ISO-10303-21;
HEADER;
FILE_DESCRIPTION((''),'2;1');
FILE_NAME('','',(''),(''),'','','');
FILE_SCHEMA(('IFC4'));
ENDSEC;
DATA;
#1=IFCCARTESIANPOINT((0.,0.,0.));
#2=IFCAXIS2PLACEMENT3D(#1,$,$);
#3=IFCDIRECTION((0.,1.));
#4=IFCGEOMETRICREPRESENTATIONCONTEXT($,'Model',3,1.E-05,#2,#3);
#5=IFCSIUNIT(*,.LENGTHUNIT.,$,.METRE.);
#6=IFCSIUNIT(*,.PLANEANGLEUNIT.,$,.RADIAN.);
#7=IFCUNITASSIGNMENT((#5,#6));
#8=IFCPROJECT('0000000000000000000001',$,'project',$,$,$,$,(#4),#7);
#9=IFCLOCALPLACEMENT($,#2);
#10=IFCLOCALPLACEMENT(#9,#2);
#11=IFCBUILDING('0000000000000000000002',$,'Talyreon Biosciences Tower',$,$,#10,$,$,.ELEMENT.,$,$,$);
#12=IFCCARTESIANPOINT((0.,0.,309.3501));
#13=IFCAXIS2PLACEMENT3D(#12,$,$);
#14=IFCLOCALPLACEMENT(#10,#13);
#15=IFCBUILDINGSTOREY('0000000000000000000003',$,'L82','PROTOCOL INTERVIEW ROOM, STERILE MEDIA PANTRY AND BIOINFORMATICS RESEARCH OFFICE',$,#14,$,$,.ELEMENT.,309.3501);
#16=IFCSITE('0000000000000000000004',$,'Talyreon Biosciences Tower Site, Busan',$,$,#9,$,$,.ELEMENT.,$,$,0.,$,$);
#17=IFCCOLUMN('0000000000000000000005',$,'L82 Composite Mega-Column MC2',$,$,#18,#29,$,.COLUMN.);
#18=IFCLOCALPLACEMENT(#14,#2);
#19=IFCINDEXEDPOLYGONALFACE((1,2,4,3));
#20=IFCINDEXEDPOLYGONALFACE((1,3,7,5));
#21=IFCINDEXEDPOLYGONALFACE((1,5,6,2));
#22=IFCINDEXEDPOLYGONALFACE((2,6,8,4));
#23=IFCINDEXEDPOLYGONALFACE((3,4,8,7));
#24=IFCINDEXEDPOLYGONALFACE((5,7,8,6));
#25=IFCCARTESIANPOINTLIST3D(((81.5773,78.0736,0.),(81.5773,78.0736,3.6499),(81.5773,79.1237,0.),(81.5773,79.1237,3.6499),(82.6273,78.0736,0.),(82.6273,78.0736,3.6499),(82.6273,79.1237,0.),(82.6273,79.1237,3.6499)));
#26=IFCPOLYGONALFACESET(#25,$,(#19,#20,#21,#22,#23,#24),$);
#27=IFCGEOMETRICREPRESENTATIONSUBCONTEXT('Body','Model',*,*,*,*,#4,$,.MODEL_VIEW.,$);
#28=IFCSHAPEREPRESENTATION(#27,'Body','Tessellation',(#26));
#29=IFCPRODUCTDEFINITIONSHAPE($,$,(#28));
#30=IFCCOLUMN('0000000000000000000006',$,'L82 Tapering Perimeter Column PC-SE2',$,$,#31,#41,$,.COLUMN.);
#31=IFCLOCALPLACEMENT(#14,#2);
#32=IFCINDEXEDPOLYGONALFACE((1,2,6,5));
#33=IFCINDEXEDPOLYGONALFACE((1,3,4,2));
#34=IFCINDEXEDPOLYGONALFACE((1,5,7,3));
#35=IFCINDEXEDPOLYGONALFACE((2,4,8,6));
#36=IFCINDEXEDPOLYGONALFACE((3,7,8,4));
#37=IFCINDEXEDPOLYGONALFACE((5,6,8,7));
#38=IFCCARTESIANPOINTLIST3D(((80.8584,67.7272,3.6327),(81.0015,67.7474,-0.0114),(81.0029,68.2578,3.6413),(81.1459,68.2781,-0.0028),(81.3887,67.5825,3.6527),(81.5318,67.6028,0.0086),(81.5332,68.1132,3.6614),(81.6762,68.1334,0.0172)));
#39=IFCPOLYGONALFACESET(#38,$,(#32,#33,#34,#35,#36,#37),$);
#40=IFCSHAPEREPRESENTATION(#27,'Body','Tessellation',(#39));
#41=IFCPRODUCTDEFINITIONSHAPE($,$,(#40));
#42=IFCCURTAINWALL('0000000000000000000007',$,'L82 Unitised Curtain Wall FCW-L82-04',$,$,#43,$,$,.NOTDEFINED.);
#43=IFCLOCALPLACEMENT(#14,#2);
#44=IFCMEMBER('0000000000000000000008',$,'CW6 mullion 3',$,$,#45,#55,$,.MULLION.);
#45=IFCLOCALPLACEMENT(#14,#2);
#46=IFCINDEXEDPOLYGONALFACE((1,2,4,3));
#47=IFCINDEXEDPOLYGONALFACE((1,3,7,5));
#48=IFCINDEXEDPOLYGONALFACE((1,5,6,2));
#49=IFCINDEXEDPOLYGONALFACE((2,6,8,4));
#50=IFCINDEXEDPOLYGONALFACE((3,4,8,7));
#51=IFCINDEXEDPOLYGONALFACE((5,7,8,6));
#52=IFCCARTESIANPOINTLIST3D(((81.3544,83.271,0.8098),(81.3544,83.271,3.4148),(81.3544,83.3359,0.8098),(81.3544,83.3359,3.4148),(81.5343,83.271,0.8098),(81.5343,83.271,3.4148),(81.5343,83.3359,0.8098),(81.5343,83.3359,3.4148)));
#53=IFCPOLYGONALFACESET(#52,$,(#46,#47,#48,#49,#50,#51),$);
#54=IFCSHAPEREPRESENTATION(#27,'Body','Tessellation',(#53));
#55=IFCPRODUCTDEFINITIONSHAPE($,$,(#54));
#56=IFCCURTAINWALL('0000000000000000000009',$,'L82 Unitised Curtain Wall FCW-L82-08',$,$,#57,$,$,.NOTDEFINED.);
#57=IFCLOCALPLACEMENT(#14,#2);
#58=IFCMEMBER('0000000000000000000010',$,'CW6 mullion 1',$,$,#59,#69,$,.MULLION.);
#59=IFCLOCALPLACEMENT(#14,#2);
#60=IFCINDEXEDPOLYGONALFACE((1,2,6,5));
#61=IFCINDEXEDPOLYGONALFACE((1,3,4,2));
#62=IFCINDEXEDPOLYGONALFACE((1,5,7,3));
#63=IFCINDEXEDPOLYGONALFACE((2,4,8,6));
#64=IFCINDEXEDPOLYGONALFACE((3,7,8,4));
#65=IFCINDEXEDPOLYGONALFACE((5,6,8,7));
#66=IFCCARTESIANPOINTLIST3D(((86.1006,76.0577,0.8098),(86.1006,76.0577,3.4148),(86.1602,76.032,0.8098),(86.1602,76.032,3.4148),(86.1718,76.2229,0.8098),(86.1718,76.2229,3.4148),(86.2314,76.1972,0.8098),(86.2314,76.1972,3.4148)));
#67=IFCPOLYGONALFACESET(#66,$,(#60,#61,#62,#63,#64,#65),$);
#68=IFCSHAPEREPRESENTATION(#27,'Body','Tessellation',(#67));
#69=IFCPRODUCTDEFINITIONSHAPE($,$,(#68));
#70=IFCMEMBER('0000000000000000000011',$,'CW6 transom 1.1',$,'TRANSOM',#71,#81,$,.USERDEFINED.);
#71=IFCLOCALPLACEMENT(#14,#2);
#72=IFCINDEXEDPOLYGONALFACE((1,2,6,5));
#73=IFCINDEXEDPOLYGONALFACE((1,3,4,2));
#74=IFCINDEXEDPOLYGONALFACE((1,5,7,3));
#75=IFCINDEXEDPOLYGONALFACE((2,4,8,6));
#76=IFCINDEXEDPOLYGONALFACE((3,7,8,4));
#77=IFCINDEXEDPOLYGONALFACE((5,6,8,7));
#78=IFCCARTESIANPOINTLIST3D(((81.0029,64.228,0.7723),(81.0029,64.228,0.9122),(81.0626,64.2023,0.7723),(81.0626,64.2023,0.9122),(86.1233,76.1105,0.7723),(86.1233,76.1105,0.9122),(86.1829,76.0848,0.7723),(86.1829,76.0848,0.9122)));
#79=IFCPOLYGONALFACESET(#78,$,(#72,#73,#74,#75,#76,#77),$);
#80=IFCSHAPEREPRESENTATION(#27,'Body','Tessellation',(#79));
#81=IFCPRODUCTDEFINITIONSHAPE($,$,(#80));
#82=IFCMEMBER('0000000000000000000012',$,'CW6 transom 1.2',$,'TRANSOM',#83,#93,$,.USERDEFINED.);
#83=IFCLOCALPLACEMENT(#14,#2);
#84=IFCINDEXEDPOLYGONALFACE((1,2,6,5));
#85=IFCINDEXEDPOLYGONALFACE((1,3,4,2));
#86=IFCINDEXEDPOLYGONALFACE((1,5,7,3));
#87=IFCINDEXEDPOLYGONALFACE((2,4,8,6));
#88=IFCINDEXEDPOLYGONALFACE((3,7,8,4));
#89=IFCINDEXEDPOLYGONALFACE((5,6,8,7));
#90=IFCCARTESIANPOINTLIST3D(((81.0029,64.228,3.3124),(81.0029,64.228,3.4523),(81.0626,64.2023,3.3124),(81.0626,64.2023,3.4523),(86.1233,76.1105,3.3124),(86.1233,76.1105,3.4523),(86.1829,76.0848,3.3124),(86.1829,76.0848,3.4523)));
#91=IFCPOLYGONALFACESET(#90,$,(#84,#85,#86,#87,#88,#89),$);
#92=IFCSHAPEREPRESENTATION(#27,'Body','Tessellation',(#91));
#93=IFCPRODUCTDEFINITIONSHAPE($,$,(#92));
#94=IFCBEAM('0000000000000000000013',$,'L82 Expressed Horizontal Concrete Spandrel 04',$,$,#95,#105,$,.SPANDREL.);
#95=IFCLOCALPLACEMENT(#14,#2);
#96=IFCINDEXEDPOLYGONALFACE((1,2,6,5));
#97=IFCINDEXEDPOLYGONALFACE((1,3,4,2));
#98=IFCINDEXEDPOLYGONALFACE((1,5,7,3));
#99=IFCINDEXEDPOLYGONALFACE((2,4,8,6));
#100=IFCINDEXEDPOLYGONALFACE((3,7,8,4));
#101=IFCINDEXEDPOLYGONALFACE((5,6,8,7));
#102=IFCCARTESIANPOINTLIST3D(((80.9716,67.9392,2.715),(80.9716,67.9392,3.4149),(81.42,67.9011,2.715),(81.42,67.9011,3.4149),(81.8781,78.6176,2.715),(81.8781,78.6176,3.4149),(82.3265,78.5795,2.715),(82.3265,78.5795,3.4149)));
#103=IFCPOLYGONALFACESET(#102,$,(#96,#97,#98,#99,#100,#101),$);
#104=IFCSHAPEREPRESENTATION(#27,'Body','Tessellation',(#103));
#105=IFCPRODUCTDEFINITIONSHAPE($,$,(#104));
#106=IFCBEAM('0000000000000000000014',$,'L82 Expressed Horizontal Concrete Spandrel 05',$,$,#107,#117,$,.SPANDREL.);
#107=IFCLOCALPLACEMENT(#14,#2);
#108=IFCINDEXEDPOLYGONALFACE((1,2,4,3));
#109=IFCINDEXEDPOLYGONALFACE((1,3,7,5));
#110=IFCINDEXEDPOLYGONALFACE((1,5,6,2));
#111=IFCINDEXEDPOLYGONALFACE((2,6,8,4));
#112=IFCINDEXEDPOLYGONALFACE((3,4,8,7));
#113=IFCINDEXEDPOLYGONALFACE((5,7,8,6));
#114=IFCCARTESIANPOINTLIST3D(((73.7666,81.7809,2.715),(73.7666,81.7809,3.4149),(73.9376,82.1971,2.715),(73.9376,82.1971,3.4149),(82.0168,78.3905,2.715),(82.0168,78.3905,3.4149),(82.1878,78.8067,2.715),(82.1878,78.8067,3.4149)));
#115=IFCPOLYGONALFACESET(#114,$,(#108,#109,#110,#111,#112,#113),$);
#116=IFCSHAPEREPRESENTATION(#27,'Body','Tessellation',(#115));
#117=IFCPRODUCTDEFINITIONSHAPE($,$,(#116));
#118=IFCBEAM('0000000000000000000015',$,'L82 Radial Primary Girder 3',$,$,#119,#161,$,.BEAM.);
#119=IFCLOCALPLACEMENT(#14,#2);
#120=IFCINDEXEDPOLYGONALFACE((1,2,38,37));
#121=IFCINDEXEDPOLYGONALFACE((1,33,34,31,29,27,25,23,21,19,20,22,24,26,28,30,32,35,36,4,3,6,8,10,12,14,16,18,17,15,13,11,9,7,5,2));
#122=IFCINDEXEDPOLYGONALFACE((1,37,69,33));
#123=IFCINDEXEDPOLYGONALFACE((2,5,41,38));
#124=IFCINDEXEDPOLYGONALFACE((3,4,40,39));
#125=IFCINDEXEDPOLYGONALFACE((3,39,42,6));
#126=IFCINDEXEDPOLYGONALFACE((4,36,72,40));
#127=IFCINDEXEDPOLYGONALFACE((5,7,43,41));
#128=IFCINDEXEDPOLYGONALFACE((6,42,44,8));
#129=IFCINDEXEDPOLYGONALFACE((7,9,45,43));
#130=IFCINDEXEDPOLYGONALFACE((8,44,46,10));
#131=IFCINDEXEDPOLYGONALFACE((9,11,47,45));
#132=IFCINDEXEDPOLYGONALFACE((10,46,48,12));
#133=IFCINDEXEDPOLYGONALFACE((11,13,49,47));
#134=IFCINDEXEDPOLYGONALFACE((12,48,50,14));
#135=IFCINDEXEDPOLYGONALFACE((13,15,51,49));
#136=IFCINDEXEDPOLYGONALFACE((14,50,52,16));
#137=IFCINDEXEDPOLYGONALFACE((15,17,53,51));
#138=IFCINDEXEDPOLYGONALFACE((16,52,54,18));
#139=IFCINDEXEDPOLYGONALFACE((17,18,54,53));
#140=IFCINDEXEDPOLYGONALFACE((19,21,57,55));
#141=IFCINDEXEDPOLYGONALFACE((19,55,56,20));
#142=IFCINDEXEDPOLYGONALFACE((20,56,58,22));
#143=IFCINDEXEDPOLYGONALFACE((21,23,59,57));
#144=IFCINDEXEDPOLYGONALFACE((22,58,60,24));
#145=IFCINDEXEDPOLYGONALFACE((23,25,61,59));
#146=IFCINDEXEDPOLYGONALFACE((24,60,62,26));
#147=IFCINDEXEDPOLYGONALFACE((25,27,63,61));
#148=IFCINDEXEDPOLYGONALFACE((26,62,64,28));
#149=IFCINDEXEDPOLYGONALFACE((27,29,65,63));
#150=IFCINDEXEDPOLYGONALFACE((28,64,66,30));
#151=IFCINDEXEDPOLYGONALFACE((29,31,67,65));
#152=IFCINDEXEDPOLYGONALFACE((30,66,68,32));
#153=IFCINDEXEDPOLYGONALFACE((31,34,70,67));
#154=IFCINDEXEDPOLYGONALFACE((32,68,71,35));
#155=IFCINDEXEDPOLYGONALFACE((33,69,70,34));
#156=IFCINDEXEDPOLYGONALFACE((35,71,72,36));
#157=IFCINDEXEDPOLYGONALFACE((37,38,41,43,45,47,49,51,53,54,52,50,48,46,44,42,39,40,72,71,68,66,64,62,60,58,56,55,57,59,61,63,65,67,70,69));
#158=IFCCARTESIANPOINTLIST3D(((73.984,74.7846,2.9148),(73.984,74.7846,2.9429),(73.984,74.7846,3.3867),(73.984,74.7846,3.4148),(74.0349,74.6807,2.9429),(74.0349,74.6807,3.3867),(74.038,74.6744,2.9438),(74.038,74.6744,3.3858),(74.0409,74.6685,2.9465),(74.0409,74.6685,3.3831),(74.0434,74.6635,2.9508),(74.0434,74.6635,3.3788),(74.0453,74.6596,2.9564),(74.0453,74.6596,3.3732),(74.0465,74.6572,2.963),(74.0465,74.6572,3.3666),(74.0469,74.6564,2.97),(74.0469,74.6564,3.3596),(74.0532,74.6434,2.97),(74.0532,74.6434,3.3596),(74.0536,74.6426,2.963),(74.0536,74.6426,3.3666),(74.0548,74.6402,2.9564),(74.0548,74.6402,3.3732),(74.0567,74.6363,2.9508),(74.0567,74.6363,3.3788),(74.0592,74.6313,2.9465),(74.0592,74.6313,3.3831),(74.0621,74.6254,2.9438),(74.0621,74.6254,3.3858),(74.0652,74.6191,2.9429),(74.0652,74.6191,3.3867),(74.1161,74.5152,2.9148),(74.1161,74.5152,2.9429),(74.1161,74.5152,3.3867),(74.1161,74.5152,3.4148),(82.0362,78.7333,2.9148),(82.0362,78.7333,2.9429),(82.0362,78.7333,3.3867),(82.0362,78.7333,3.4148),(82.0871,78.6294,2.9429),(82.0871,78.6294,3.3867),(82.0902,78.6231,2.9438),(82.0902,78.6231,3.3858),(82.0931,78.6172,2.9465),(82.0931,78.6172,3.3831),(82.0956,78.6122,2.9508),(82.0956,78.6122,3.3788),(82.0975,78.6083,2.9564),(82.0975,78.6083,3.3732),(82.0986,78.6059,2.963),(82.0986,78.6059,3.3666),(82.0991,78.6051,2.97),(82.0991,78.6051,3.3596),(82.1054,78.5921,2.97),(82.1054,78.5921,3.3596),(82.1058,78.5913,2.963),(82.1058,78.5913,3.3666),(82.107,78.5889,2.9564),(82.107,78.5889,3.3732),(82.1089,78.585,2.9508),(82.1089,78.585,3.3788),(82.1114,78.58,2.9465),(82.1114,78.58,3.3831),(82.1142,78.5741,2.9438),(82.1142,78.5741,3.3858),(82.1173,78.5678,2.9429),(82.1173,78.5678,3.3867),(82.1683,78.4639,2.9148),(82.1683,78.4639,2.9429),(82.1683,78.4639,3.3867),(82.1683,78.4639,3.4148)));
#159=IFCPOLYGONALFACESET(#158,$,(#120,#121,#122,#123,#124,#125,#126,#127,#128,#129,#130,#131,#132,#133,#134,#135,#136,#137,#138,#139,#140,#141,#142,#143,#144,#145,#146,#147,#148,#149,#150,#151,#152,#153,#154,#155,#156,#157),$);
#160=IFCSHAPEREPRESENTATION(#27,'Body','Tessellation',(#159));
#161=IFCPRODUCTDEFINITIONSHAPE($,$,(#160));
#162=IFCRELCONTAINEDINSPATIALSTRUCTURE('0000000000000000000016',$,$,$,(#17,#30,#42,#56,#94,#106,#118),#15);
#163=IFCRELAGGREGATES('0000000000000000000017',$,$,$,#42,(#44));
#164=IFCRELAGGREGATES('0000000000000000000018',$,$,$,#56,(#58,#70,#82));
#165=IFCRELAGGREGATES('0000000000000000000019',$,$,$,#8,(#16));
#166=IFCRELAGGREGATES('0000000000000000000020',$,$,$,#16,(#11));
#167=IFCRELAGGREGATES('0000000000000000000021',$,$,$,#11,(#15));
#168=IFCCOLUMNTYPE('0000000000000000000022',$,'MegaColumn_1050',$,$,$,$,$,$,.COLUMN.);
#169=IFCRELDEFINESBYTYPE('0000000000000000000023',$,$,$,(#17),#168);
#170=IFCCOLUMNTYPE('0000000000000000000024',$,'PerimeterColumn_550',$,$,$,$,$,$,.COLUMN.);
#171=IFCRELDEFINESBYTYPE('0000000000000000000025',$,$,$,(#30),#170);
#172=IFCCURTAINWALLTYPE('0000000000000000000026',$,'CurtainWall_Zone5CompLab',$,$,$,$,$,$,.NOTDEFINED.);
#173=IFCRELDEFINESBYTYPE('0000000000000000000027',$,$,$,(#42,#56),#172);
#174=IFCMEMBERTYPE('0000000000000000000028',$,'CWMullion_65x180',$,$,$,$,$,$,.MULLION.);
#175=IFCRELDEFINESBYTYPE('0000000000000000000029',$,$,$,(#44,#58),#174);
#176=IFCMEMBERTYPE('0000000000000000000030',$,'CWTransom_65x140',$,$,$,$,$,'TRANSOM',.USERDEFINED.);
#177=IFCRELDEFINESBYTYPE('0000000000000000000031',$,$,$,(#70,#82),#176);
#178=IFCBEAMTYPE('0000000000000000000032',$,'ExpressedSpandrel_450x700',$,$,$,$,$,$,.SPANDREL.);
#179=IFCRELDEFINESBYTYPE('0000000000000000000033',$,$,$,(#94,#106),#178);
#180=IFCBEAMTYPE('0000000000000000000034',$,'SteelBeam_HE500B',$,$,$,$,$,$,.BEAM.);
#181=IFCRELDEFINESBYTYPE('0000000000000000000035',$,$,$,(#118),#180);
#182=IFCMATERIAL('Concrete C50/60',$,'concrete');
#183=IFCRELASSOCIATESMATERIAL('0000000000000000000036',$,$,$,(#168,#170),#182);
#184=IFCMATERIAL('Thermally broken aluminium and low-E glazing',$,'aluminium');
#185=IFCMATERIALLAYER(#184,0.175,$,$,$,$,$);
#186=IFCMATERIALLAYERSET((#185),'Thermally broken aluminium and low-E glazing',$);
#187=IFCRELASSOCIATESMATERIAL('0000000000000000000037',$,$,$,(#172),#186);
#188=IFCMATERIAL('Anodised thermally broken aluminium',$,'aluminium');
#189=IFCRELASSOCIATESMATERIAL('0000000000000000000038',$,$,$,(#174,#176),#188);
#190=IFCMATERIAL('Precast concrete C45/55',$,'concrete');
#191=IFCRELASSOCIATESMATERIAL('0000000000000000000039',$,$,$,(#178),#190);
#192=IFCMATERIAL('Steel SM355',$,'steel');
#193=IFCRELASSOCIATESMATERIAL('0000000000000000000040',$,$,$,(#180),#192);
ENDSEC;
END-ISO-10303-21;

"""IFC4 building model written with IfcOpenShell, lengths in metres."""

from ifc_helpers import new_model, si_unit, direction, frame, origin, origin_2d, place, context, subcontext, project, spatial, rectangle, i_section, extrude, material, layer, layer_set, material_profile, profile_set, type_object, element, aggregate, save


model = new_model("IFC4")

# Units and contexts
model_context = context("Model", 3, precision=1e-05, world=origin(), true_north=direction((0.0, 1.0)))
body_context = subcontext(model_context, "Body", "Model", "MODEL_VIEW")
ifc_project = project(units=[si_unit("LENGTHUNIT", "METRE"), si_unit("PLANEANGLEUNIT", "RADIAN")], contexts=[model_context])

# Site, building, storey
site_placement = place(None, origin())
site = spatial("IfcSite", under=ifc_project, at=site_placement, Name="Talyreon Biosciences Tower Site, Busan", CompositionType="ELEMENT", RefElevation=0.0)
building_placement = place(site_placement, origin())
building = spatial("IfcBuilding", under=site, at=building_placement, Name="Talyreon Biosciences Tower", CompositionType="ELEMENT")
storey_placement = place(building_placement, frame((0.0, 0.0, 309.3501)))
storey = spatial("IfcBuildingStorey", under=building, at=storey_placement, Name="L82", Description="PROTOCOL INTERVIEW ROOM, STERILE MEDIA PANTRY AND BIOINFORMATICS RESEARCH OFFICE", CompositionType="ELEMENT", Elevation=309.3501)

# Columns
ifc_material_1 = material(Name="Concrete C50/60", Category="concrete")
ifc_material_profile_1 = material_profile(ifc_material_1, rectangle(XDim=1.05, YDim=1.05, at=origin_2d()), Name="RC 1050x1050")
ifc_profile_set_1 = profile_set([ifc_material_profile_1], Name="Concrete C50/60")
column_type_1 = type_object("IfcColumnType", Name="MegaColumn_1050", PredefinedType="COLUMN", material=ifc_profile_set_1)
column_1_placement = place(storey_placement, frame((82.1023, 78.5986, 0.0), z_axis=(0.0, 0.0, 1.0), x_axis=(1.0, 0.0, 0.0)))
element("IfcColumn", 1, at=column_1_placement, inside=storey, type_object=column_type_1, Name="L82 Composite Mega-Column MC2", PredefinedType="COLUMN", context=body_context, shape_type="SweptSolid", body=[
    extrude(rectangle(XDim=1.05, YDim=1.05, at=origin_2d()), origin(), (0.0, 0.0, 1.0), 3.6499),
])
ifc_material_profile_2 = material_profile(ifc_material_1, rectangle(XDim=0.55, YDim=0.55, at=origin_2d()), Name="RC 550x550")
ifc_profile_set_2 = profile_set([ifc_material_profile_2], Name="Concrete C50/60")
column_type_2 = type_object("IfcColumnType", Name="PerimeterColumn_550", PredefinedType="COLUMN", material=ifc_profile_set_2)
column_2_placement = place(storey_placement, frame((81.3389, 67.9404, 0.0029), z_axis=(-0.03923, -0.005556, 0.999215), x_axis=(0.964113, -0.262987, 0.036389)))
element("IfcColumn", 2, at=column_2_placement, inside=storey, type_object=column_type_2, Name="L82 Tapering Perimeter Column PC-SE2", PredefinedType="COLUMN", context=body_context, shape_type="SweptSolid", body=[
    extrude(rectangle(XDim=0.55, YDim=0.55, at=origin_2d()), origin(), (0.0, 0.0, 1.0), 3.647),
])

# Curtain wall, member
ifc_material_2 = material(Name="Thermally broken aluminium and low-E glazing", Category="aluminium")
ifc_layer_1 = layer(ifc_material_2, 0.175)
ifc_layer_set_1 = layer_set([ifc_layer_1], Name="Thermally broken aluminium and low-E glazing")
curtain_wall_type = type_object("IfcCurtainWallType", Name="CurtainWall_Zone5CompLab", PredefinedType="NOTDEFINED", material=ifc_layer_set_1)
curtain_wall_1_placement = place(storey_placement, origin())
curtain_wall_1 = element("IfcCurtainWall", 3, at=curtain_wall_1_placement, inside=storey, type_object=curtain_wall_type, Name="L82 Unitised Curtain Wall FCW-L82-04", PredefinedType="NOTDEFINED")
ifc_material_3 = material(Name="Anodised thermally broken aluminium", Category="aluminium")
ifc_material_profile_3 = material_profile(ifc_material_3, rectangle(XDim=0.0649, YDim=0.1799, at=origin_2d()), Name="ALUM MULLION 65x180")
ifc_profile_set_3 = profile_set([ifc_material_profile_3], Name="Anodised thermally broken aluminium")
member_type_1 = type_object("IfcMemberType", Name="CWMullion_65x180", PredefinedType="MULLION", material=ifc_profile_set_3)
member_1_placement = place(storey_placement, frame((81.4443, 83.3035, 0.8098), z_axis=(0.0, 0.0, 1.0), x_axis=(0.0, 1.0, 0.0)))
member_1 = element("IfcMember", 4, at=member_1_placement, type_object=member_type_1, Name="CW6 mullion 3", PredefinedType="MULLION", context=body_context, shape_type="SweptSolid", body=[
    extrude(rectangle(XDim=0.0649, YDim=0.1799, at=origin_2d()), origin(), (0.0, 0.0, 1.0), 2.605),
])
aggregate(curtain_wall_1, [member_1])

# Curtain wall, members
curtain_wall_2_placement = place(storey_placement, origin())
curtain_wall_2 = element("IfcCurtainWall", 5, at=curtain_wall_2_placement, inside=storey, type_object=curtain_wall_type, Name="L82 Unitised Curtain Wall FCW-L82-08", PredefinedType="NOTDEFINED")
member_2_placement = place(storey_placement, frame((86.166, 76.1274, 0.8098), z_axis=(0.0, 0.0, 1.0), x_axis=(0.918363, -0.395738, 0.0)))
member_2 = element("IfcMember", 6, at=member_2_placement, type_object=member_type_1, Name="CW6 mullion 1", PredefinedType="MULLION", context=body_context, shape_type="SweptSolid", body=[
    extrude(rectangle(XDim=0.0649, YDim=0.1799, at=origin_2d()), origin(), (0.0, 0.0, 1.0), 2.605),
])
ifc_material_profile_4 = material_profile(ifc_material_3, rectangle(XDim=0.0649, YDim=0.1399, at=origin_2d()), Name="ALUM TRANSOM 65x140")
ifc_profile_set_4 = profile_set([ifc_material_profile_4], Name="Anodised thermally broken aluminium")
member_type_2 = type_object("IfcMemberType", Name="CWTransom_65x140", ElementType="TRANSOM", PredefinedType="USERDEFINED", material=ifc_profile_set_4)
member_3_placement = place(storey_placement, frame((86.1531, 76.0977, 0.8423), z_axis=(-0.395736, -0.918364, 0.0), x_axis=(0.918364, -0.395736, 0.0)))
member_3 = element("IfcMember", 7, at=member_3_placement, type_object=member_type_2, Name="CW6 transom 1.1", ObjectType="TRANSOM", PredefinedType="USERDEFINED", context=body_context, shape_type="SweptSolid", body=[
    extrude(rectangle(XDim=0.0649, YDim=0.1399, at=origin_2d()), origin(), (0.0, 0.0, 1.0), 12.9387),
])
member_4_placement = place(storey_placement, frame((86.1531, 76.0977, 3.3823), z_axis=(-0.395736, -0.918364, 0.0), x_axis=(0.918364, -0.395736, 0.0)))
member_4 = element("IfcMember", 8, at=member_4_placement, type_object=member_type_2, Name="CW6 transom 1.2", ObjectType="TRANSOM", PredefinedType="USERDEFINED", context=body_context, shape_type="SweptSolid", body=[
    extrude(rectangle(XDim=0.0649, YDim=0.1399, at=origin_2d()), origin(), (0.0, 0.0, 1.0), 12.9387),
])

# Beams
ifc_material_4 = material(Name="Precast concrete C45/55", Category="concrete")
ifc_material_profile_5 = material_profile(ifc_material_4, rectangle(XDim=0.45, YDim=0.7, at=origin_2d()), Name="RCB 450x700")
ifc_profile_set_5 = profile_set([ifc_material_profile_5], Name="Precast concrete C45/55")
beam_type_1 = type_object("IfcBeamType", Name="ExpressedSpandrel_450x700", PredefinedType="SPANDREL", material=ifc_profile_set_5)
beam_1_placement = place(storey_placement, frame((81.1958, 67.9202, 3.0649), z_axis=(0.084586, 0.996416, 0.0), x_axis=(-0.996416, 0.084586, 0.0)))
element("IfcBeam", 9, at=beam_1_placement, inside=storey, type_object=beam_type_1, Name="L82 Expressed Horizontal Concrete Spandrel 04", PredefinedType="SPANDREL", context=body_context, shape_type="SweptSolid", body=[
    extrude(rectangle(XDim=0.45, YDim=0.7, at=origin_2d()), origin(), (0.0, 0.0, 1.0), 10.7168),
])
beam_2_placement = place(storey_placement, frame((82.1023, 78.5986, 3.0649), z_axis=(-0.924945, 0.3801, 0.0), x_axis=(-0.3801, -0.924945, 0.0)))
element("IfcBeam", 10, at=beam_2_placement, inside=storey, type_object=beam_type_1, Name="L82 Expressed Horizontal Concrete Spandrel 05", PredefinedType="SPANDREL", context=body_context, shape_type="SweptSolid", body=[
    extrude(rectangle(XDim=0.45, YDim=0.7, at=origin_2d()), origin(), (0.0, 0.0, 1.0), 8.9197),
])
ifc_material_5 = material(Name="Steel SM355", Category="steel")
ifc_material_profile_6 = material_profile(ifc_material_5, i_section(OverallWidth=0.3, OverallDepth=0.5, WebThickness=0.0144, FlangeThickness=0.0281, FilletRadius=0.0271, at=origin_2d()), Name="HE500B")
ifc_profile_set_6 = profile_set([ifc_material_profile_6], Name="Steel SM355")
beam_type_2 = type_object("IfcBeamType", Name="SteelBeam_HE500B", PredefinedType="BEAM", material=ifc_profile_set_6)
beam_3_placement = place(storey_placement, frame((74.05, 74.6499, 3.1648), z_axis=(0.897852, 0.440297, 0.0), x_axis=(-0.440297, 0.897852, 0.0)))
element("IfcBeam", 11, at=beam_3_placement, inside=storey, type_object=beam_type_2, Name="L82 Radial Primary Girder 3", PredefinedType="BEAM", context=body_context, shape_type="SweptSolid", body=[
    extrude(i_section(OverallWidth=0.3, OverallDepth=0.5, WebThickness=0.0144, FlangeThickness=0.0281, FilletRadius=0.0271, at=origin_2d()), origin(), (0.0, 0.0, 1.0), 8.9683),
])

aggregate(curtain_wall_2, [member_2, member_3, member_4])

save(model, "model.ifc")
